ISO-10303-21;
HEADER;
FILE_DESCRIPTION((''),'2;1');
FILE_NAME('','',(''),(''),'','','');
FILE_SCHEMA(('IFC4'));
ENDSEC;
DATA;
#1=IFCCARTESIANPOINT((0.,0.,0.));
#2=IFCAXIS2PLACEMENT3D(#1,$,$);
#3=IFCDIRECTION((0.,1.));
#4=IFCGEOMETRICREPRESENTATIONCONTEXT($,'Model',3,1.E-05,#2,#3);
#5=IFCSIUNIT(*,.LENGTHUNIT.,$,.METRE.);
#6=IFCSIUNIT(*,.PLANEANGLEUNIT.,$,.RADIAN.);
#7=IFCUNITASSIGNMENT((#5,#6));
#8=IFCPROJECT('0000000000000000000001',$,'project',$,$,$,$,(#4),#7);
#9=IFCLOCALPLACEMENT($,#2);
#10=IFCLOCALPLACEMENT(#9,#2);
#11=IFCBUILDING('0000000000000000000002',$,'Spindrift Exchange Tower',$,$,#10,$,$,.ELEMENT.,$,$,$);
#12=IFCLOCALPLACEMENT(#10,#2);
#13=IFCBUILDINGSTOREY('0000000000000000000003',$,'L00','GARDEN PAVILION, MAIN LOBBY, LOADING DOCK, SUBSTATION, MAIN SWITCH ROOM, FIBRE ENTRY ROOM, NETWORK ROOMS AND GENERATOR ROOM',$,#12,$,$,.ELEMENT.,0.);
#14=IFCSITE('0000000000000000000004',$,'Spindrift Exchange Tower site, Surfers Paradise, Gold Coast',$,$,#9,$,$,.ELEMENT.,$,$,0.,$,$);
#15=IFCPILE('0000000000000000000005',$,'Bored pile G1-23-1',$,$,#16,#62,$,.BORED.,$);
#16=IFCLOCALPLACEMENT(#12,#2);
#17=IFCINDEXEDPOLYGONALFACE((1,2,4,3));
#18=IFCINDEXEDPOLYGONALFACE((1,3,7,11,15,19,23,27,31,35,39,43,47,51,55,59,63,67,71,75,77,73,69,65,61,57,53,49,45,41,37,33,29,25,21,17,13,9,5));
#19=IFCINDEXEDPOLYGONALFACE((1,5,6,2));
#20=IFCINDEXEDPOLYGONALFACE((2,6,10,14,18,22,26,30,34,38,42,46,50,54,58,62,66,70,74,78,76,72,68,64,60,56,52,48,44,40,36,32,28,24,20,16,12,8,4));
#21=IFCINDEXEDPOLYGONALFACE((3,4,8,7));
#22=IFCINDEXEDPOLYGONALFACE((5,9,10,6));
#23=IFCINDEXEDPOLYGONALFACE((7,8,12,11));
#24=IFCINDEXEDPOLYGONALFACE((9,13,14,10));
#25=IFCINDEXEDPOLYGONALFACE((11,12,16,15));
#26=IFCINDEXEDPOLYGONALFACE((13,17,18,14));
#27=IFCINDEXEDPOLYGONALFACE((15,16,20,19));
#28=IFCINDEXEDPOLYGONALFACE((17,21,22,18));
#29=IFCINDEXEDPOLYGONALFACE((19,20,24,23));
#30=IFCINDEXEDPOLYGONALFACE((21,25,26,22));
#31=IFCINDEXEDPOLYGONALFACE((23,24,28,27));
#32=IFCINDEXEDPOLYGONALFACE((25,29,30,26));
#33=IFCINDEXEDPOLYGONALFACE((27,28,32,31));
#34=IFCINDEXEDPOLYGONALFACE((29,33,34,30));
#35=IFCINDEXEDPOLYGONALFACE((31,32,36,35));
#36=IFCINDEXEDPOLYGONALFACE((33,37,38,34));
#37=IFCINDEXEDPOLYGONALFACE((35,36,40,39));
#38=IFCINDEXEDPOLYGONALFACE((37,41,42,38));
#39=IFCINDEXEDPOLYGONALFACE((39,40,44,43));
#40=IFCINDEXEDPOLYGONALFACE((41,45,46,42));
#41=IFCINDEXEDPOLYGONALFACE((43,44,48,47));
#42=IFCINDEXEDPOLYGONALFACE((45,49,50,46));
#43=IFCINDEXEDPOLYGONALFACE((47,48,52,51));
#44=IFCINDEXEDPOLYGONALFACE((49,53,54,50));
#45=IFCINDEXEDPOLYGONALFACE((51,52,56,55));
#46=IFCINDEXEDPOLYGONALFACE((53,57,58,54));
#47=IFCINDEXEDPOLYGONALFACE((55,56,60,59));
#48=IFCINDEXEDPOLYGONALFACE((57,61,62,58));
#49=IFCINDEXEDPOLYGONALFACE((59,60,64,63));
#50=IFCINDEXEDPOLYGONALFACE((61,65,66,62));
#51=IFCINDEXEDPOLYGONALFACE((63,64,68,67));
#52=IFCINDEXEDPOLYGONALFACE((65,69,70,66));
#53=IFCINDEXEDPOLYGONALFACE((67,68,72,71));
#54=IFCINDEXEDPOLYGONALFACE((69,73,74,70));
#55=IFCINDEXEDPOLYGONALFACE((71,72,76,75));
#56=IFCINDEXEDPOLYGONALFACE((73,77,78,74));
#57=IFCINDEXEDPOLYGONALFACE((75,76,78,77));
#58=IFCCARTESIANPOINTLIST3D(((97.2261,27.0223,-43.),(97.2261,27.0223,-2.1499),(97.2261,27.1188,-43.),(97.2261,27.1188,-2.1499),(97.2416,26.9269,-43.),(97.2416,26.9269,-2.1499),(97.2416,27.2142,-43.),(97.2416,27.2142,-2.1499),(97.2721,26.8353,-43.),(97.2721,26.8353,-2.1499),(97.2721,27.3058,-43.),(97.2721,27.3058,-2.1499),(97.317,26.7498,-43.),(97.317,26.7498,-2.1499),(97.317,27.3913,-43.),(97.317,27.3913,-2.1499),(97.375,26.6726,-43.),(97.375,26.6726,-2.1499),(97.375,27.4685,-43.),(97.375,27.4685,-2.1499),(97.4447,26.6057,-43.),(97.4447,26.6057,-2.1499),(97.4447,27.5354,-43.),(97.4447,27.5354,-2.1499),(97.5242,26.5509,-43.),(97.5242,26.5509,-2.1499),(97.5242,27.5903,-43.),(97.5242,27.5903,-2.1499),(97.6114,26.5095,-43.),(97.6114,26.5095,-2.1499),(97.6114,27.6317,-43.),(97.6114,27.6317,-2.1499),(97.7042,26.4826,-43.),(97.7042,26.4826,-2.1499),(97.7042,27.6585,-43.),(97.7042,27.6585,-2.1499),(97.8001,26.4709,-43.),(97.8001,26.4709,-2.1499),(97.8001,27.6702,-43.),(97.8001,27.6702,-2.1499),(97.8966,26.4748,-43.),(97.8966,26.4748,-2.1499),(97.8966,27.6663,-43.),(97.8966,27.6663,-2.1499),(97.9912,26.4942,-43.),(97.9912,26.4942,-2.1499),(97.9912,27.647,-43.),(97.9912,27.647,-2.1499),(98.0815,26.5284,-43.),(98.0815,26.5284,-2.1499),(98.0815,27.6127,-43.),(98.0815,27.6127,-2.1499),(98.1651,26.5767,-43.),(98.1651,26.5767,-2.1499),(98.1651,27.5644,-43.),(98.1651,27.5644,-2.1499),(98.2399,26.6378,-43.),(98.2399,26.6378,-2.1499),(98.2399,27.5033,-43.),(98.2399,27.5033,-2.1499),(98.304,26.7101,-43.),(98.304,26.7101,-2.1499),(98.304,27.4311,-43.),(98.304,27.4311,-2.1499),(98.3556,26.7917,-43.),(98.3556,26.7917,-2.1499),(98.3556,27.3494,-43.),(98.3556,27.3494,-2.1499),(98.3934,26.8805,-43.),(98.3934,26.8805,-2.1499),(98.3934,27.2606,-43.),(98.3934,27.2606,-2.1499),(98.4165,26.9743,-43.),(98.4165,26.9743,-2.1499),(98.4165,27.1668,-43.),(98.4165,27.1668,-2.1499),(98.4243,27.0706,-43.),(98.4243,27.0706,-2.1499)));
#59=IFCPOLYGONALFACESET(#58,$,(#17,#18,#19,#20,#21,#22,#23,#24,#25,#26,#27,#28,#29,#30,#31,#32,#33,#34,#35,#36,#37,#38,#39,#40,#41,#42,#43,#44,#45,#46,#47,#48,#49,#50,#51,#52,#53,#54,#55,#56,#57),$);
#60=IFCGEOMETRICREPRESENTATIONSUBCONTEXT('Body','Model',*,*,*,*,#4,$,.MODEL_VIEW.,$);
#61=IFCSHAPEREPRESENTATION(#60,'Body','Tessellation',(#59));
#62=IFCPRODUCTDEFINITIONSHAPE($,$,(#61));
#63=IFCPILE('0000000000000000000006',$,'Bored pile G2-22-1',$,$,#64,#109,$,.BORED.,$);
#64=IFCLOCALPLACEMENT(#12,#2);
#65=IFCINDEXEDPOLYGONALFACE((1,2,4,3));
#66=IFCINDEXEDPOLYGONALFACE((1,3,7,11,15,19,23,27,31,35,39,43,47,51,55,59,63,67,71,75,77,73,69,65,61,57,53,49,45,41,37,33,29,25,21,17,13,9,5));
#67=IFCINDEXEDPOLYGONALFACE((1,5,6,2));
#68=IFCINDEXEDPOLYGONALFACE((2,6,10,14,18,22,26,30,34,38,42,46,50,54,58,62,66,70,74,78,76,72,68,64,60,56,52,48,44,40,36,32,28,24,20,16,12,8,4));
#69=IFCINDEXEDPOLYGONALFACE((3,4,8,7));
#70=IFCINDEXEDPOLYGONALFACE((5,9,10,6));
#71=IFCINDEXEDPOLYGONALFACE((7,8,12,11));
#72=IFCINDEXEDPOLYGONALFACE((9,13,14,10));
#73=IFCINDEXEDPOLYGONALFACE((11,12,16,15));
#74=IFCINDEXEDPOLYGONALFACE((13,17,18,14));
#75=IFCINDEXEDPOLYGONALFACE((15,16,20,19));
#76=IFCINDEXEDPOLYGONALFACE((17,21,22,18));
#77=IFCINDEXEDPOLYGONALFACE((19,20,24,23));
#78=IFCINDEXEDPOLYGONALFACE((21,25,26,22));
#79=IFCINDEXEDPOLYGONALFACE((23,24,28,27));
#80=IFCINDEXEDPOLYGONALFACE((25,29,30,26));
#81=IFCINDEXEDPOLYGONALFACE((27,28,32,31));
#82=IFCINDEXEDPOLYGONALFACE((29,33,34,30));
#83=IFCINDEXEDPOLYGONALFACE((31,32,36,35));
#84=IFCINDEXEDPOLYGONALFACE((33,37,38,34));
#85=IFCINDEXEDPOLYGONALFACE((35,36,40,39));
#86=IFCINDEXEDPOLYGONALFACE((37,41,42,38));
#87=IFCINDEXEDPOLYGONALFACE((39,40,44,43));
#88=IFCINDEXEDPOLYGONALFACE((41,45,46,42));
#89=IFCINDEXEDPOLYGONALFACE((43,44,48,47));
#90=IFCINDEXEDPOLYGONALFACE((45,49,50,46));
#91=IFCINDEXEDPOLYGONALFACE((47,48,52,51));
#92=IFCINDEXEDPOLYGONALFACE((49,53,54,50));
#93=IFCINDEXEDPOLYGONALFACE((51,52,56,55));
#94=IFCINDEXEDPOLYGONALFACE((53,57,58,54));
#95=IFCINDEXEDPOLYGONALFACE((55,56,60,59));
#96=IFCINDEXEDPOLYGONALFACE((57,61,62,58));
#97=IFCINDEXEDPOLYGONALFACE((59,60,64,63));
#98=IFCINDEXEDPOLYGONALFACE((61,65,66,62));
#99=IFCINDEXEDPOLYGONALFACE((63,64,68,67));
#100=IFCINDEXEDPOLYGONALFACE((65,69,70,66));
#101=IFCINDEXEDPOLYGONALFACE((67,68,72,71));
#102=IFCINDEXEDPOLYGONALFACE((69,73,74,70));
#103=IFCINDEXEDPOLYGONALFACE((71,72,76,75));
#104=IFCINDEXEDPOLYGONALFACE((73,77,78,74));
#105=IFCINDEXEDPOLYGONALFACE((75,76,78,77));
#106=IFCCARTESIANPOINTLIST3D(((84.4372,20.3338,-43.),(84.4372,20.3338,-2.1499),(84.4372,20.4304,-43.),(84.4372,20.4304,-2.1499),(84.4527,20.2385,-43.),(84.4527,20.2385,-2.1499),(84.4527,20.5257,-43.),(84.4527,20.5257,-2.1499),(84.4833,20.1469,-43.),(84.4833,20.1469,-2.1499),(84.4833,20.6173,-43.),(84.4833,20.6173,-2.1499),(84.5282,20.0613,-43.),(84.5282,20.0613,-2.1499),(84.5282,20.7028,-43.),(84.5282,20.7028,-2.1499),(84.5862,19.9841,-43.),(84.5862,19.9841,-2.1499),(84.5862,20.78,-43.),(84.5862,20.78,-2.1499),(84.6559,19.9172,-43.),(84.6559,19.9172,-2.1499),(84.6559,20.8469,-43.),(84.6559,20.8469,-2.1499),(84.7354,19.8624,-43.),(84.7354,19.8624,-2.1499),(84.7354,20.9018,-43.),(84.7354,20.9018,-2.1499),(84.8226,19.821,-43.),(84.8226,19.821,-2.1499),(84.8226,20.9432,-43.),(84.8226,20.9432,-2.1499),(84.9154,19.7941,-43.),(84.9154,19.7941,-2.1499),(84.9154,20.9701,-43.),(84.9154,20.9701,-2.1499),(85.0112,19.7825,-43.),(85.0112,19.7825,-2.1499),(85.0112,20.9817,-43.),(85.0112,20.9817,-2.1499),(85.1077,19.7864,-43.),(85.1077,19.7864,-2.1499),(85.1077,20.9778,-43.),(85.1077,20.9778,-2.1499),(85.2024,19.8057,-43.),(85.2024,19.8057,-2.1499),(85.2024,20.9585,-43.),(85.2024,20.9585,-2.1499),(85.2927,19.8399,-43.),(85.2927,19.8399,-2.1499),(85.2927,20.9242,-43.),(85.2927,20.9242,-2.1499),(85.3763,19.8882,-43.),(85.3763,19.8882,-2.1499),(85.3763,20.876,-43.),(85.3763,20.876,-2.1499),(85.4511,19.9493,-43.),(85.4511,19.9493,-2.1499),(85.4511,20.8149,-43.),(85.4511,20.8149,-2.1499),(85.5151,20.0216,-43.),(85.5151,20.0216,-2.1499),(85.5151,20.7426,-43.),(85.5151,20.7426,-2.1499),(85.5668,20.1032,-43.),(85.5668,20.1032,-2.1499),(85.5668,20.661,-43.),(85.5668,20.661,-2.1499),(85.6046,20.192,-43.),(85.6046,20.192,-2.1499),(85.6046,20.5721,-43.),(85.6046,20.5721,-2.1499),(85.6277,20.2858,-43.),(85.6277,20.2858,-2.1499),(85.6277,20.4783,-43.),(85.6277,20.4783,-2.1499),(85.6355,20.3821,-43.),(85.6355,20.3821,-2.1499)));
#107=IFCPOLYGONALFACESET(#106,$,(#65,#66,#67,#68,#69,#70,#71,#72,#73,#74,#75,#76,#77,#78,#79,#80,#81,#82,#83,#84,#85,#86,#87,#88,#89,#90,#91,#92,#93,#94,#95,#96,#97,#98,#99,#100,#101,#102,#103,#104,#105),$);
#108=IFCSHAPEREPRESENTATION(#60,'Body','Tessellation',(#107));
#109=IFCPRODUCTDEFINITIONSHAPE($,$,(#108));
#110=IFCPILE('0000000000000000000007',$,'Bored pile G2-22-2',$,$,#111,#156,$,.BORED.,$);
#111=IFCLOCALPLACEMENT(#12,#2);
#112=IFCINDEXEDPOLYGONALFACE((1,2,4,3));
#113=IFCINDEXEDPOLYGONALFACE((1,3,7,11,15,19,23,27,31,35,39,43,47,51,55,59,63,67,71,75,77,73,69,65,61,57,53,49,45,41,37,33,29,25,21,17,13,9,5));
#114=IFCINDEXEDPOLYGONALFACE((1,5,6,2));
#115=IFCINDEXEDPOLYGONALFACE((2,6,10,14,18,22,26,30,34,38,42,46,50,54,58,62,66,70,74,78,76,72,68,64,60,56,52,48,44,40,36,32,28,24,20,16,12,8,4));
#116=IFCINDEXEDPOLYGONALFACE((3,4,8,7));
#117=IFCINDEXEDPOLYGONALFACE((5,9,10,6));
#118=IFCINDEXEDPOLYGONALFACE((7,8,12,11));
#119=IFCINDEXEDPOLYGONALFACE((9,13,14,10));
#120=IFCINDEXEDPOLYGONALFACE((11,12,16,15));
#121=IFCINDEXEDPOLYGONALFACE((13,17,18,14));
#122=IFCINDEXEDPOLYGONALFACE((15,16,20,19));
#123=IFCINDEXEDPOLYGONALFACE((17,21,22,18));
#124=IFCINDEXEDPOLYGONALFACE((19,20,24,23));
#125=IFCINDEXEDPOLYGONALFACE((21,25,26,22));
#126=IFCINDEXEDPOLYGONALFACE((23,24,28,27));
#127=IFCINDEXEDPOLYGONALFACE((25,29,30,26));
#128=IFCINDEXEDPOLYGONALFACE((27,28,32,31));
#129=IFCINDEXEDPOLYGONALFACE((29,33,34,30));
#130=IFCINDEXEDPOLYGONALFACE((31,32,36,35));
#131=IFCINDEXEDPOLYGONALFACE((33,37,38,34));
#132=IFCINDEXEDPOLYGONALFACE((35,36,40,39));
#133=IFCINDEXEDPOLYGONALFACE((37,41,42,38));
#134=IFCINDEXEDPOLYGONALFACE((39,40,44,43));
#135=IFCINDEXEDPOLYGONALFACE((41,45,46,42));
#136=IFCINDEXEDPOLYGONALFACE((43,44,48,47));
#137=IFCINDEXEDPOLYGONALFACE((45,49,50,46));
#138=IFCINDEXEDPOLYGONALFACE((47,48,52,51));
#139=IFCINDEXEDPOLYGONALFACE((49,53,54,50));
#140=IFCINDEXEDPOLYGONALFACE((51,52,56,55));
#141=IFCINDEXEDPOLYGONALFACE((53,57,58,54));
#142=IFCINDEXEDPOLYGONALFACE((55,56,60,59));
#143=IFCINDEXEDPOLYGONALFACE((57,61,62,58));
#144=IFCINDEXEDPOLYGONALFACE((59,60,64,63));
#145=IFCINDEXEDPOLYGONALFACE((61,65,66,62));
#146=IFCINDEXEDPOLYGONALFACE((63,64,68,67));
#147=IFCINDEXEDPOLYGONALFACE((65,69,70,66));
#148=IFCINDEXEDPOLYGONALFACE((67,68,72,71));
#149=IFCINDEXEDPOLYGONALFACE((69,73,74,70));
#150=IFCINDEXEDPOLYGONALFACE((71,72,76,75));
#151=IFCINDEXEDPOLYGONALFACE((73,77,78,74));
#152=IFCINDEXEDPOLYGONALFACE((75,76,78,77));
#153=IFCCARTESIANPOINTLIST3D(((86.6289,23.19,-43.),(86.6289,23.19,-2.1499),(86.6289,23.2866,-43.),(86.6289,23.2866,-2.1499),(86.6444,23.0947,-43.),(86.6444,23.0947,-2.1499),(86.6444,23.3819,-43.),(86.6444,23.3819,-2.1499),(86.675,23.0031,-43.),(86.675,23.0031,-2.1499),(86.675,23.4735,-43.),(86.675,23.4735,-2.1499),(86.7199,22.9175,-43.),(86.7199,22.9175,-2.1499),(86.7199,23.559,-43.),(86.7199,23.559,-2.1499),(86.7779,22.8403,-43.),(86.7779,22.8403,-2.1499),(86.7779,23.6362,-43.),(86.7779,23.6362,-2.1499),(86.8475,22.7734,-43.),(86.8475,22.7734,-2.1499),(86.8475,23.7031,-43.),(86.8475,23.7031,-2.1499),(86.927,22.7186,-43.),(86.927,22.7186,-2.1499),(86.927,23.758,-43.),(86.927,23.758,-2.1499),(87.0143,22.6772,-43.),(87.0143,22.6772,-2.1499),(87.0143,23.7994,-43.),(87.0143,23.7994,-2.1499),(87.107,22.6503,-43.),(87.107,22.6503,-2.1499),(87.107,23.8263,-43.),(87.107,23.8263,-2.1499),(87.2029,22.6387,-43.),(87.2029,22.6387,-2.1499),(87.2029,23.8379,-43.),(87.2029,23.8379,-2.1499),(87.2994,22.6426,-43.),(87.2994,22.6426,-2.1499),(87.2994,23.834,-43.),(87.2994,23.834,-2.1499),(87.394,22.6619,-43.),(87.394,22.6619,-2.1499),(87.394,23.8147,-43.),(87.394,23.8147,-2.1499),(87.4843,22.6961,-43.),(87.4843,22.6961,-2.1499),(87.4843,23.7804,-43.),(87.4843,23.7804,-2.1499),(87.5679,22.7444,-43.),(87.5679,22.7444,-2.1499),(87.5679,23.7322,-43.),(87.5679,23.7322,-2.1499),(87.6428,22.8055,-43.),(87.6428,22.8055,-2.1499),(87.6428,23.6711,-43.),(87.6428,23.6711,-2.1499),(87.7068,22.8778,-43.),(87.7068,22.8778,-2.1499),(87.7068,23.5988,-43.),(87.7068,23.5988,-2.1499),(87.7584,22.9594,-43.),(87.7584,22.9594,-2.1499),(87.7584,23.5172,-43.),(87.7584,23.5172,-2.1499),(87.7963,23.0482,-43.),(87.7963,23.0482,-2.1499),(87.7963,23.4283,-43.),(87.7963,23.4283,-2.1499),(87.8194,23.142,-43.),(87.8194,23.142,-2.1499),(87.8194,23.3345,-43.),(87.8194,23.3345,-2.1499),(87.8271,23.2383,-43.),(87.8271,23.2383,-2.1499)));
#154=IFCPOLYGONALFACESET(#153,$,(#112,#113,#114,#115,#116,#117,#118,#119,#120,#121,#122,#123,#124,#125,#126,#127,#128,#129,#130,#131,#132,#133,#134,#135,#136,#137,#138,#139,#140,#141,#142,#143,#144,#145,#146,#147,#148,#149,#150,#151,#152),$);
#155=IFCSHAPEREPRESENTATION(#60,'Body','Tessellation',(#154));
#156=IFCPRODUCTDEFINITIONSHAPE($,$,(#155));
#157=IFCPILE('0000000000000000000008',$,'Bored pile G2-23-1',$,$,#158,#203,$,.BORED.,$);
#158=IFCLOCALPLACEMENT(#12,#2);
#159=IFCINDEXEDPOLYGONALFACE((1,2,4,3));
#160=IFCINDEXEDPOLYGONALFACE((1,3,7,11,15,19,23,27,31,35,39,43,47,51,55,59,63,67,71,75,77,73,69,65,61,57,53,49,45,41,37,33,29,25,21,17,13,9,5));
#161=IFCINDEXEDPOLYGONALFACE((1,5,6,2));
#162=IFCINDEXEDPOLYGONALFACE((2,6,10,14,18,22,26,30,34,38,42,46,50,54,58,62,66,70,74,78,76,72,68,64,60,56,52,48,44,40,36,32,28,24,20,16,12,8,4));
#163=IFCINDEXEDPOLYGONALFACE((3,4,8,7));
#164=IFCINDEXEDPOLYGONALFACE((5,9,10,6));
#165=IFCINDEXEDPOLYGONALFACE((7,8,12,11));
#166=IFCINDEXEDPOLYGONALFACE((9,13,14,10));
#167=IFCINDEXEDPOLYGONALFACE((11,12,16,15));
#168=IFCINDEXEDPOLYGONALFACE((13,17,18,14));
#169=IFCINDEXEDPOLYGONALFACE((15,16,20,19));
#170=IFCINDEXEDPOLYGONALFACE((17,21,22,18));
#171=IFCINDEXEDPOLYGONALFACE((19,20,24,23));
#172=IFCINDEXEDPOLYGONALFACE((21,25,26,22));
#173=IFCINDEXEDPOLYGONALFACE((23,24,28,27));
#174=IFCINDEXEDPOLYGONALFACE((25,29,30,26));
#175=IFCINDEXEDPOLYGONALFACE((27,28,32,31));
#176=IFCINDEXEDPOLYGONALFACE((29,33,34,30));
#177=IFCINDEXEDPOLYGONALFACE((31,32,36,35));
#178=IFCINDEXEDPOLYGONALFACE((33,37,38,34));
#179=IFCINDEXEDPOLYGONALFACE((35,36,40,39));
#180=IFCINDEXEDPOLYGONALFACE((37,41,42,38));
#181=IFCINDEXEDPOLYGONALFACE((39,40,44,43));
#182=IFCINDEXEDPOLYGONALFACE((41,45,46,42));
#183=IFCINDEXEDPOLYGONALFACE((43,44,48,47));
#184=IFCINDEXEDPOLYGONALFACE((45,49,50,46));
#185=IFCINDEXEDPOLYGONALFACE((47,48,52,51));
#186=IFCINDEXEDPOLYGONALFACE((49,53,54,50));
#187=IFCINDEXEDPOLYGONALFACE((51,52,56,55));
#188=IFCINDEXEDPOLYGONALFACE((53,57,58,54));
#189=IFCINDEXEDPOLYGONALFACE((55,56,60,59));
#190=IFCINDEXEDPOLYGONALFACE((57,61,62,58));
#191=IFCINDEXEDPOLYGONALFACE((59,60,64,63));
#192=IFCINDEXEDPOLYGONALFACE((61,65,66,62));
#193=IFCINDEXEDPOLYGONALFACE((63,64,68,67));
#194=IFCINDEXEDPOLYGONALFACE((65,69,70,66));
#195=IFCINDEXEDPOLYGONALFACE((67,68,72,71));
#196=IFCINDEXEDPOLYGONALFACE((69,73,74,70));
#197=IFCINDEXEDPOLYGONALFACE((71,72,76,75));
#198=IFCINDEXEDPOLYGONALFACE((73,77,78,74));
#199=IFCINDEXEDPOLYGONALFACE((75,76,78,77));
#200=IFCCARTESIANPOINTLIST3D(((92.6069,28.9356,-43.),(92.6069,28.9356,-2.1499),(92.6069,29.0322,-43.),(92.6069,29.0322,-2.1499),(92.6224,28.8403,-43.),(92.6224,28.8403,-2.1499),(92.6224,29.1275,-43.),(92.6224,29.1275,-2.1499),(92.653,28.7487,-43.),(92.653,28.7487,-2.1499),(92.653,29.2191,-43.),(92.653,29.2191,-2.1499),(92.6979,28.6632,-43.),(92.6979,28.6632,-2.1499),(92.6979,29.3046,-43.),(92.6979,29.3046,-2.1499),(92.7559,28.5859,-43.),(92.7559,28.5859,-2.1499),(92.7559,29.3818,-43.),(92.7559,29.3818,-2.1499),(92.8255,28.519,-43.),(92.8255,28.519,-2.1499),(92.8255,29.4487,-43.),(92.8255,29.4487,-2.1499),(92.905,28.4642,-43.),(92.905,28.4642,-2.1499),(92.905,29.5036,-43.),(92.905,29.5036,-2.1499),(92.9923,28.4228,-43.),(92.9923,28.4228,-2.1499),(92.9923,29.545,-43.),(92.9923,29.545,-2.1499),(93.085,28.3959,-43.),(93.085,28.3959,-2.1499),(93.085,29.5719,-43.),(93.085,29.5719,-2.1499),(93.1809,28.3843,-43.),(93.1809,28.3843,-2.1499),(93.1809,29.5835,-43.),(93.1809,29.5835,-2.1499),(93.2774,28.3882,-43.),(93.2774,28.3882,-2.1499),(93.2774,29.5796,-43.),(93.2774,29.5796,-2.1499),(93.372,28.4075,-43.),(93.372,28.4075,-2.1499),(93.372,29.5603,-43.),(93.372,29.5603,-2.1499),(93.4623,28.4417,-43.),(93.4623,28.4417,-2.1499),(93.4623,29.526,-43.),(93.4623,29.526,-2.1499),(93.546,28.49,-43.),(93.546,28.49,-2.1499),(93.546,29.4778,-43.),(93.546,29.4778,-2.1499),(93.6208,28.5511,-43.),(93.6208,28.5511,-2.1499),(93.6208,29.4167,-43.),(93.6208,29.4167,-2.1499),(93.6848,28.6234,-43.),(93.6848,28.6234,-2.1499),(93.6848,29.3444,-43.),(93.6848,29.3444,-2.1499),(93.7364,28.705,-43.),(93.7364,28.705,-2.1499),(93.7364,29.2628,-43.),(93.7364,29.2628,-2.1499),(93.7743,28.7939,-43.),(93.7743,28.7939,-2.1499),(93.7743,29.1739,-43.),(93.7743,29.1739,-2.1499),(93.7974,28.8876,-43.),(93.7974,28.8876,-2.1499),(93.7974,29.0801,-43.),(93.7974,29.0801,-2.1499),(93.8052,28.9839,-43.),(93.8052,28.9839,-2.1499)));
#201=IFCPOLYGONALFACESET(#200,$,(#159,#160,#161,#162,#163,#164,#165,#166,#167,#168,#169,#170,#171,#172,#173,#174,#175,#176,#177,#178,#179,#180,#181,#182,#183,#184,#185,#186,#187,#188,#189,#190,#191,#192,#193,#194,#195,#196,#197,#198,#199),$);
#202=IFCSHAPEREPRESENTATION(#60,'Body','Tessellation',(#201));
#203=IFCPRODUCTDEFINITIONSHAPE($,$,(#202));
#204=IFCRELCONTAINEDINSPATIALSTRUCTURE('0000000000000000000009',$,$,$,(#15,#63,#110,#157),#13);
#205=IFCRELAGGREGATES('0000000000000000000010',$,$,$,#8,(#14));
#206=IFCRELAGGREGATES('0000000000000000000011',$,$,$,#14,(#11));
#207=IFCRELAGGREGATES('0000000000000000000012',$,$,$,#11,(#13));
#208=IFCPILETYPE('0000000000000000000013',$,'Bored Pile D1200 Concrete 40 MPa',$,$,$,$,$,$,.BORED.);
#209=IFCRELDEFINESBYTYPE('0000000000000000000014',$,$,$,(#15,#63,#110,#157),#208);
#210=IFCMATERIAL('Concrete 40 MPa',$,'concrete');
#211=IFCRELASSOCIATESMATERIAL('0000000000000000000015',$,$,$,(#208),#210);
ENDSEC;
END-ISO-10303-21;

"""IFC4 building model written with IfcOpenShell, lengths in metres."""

from ifc_helpers import new_model, si_unit, direction, frame, origin, origin_2d, place, context, subcontext, project, spatial, circle, extrude, source, transform, mapped, material, material_profile, profile_set, type_object, element, save


model = new_model("IFC4")

# Units and contexts
model_context = context("Model", 3, precision=1e-05, world=origin(), true_north=direction((0.0, 1.0)))
body_context = subcontext(model_context, "Body", "Model", "MODEL_VIEW")
ifc_project = project(units=[si_unit("LENGTHUNIT", "METRE"), si_unit("PLANEANGLEUNIT", "RADIAN")], contexts=[model_context])

# Site, building, storey
site_placement = place(None, origin())
site = spatial("IfcSite", under=ifc_project, at=site_placement, Name="Spindrift Exchange Tower site, Surfers Paradise, Gold Coast", CompositionType="ELEMENT", RefElevation=0.0)
building_placement = place(site_placement, origin())
building = spatial("IfcBuilding", under=site, at=building_placement, Name="Spindrift Exchange Tower", CompositionType="ELEMENT")
storey_placement = place(building_placement, origin())
storey = spatial("IfcBuildingStorey", under=building, at=storey_placement, Name="L00", Description="GARDEN PAVILION, MAIN LOBBY, LOADING DOCK, SUBSTATION, MAIN SWITCH ROOM, FIBRE ENTRY ROOM, NETWORK ROOMS AND GENERATOR ROOM", CompositionType="ELEMENT", Elevation=0.0)

# Piles
ifc_material_1 = material(Name="Concrete 40 MPa", Category="concrete")
ifc_material_profile_1 = material_profile(ifc_material_1, circle(Radius=0.6001, at=origin_2d()), Name="BP D1200")
ifc_profile_set_1 = profile_set([ifc_material_profile_1], Name="Concrete 40 MPa")
pile_type = type_object("IfcPileType", Name="Bored Pile D1200 Concrete 40 MPa", PredefinedType="BORED", material=ifc_profile_set_1)
shared_shape_1 = source(origin(), body_context, "Body", "SweptSolid", [
    extrude(circle(Radius=0.6001, at=origin_2d()), origin(), (0.0, 0.0, 1.0), 40.8501),
])
for number, where, z_axis, x_axis, name in (
    (1, (97.8242, 27.0706, -2.1499), (0.0, 0.0, -1.0), (1.0, 0.0, 0.0), "Bored pile G1-23-1"),
    (2, (85.0354, 20.3821, -2.1499), (0.0, 0.0, -1.0), (1.0, 0.0, 0.0), "Bored pile G2-22-1"),
    (3, (87.2271, 23.2383, -2.1499), (0.0, 0.0, -1.0), (1.0, 0.0, 0.0), "Bored pile G2-22-2"),
    (4, (93.2051, 28.9839, -2.1499), (0.0, 0.0, -1.0), (1.0, 0.0, 0.0), "Bored pile G2-23-1"),
):
    element("IfcPile", number, at=place(storey_placement, frame(where, z_axis=z_axis, x_axis=x_axis)), inside=storey, type_object=pile_type, Name=name, PredefinedType="BORED", context=body_context, shape_type="MappedRepresentation", body=[
        mapped(shared_shape_1, transform((0.0, 0.0, 0.0), scale=1.0)),
    ])

save(model, "model.ifc")
